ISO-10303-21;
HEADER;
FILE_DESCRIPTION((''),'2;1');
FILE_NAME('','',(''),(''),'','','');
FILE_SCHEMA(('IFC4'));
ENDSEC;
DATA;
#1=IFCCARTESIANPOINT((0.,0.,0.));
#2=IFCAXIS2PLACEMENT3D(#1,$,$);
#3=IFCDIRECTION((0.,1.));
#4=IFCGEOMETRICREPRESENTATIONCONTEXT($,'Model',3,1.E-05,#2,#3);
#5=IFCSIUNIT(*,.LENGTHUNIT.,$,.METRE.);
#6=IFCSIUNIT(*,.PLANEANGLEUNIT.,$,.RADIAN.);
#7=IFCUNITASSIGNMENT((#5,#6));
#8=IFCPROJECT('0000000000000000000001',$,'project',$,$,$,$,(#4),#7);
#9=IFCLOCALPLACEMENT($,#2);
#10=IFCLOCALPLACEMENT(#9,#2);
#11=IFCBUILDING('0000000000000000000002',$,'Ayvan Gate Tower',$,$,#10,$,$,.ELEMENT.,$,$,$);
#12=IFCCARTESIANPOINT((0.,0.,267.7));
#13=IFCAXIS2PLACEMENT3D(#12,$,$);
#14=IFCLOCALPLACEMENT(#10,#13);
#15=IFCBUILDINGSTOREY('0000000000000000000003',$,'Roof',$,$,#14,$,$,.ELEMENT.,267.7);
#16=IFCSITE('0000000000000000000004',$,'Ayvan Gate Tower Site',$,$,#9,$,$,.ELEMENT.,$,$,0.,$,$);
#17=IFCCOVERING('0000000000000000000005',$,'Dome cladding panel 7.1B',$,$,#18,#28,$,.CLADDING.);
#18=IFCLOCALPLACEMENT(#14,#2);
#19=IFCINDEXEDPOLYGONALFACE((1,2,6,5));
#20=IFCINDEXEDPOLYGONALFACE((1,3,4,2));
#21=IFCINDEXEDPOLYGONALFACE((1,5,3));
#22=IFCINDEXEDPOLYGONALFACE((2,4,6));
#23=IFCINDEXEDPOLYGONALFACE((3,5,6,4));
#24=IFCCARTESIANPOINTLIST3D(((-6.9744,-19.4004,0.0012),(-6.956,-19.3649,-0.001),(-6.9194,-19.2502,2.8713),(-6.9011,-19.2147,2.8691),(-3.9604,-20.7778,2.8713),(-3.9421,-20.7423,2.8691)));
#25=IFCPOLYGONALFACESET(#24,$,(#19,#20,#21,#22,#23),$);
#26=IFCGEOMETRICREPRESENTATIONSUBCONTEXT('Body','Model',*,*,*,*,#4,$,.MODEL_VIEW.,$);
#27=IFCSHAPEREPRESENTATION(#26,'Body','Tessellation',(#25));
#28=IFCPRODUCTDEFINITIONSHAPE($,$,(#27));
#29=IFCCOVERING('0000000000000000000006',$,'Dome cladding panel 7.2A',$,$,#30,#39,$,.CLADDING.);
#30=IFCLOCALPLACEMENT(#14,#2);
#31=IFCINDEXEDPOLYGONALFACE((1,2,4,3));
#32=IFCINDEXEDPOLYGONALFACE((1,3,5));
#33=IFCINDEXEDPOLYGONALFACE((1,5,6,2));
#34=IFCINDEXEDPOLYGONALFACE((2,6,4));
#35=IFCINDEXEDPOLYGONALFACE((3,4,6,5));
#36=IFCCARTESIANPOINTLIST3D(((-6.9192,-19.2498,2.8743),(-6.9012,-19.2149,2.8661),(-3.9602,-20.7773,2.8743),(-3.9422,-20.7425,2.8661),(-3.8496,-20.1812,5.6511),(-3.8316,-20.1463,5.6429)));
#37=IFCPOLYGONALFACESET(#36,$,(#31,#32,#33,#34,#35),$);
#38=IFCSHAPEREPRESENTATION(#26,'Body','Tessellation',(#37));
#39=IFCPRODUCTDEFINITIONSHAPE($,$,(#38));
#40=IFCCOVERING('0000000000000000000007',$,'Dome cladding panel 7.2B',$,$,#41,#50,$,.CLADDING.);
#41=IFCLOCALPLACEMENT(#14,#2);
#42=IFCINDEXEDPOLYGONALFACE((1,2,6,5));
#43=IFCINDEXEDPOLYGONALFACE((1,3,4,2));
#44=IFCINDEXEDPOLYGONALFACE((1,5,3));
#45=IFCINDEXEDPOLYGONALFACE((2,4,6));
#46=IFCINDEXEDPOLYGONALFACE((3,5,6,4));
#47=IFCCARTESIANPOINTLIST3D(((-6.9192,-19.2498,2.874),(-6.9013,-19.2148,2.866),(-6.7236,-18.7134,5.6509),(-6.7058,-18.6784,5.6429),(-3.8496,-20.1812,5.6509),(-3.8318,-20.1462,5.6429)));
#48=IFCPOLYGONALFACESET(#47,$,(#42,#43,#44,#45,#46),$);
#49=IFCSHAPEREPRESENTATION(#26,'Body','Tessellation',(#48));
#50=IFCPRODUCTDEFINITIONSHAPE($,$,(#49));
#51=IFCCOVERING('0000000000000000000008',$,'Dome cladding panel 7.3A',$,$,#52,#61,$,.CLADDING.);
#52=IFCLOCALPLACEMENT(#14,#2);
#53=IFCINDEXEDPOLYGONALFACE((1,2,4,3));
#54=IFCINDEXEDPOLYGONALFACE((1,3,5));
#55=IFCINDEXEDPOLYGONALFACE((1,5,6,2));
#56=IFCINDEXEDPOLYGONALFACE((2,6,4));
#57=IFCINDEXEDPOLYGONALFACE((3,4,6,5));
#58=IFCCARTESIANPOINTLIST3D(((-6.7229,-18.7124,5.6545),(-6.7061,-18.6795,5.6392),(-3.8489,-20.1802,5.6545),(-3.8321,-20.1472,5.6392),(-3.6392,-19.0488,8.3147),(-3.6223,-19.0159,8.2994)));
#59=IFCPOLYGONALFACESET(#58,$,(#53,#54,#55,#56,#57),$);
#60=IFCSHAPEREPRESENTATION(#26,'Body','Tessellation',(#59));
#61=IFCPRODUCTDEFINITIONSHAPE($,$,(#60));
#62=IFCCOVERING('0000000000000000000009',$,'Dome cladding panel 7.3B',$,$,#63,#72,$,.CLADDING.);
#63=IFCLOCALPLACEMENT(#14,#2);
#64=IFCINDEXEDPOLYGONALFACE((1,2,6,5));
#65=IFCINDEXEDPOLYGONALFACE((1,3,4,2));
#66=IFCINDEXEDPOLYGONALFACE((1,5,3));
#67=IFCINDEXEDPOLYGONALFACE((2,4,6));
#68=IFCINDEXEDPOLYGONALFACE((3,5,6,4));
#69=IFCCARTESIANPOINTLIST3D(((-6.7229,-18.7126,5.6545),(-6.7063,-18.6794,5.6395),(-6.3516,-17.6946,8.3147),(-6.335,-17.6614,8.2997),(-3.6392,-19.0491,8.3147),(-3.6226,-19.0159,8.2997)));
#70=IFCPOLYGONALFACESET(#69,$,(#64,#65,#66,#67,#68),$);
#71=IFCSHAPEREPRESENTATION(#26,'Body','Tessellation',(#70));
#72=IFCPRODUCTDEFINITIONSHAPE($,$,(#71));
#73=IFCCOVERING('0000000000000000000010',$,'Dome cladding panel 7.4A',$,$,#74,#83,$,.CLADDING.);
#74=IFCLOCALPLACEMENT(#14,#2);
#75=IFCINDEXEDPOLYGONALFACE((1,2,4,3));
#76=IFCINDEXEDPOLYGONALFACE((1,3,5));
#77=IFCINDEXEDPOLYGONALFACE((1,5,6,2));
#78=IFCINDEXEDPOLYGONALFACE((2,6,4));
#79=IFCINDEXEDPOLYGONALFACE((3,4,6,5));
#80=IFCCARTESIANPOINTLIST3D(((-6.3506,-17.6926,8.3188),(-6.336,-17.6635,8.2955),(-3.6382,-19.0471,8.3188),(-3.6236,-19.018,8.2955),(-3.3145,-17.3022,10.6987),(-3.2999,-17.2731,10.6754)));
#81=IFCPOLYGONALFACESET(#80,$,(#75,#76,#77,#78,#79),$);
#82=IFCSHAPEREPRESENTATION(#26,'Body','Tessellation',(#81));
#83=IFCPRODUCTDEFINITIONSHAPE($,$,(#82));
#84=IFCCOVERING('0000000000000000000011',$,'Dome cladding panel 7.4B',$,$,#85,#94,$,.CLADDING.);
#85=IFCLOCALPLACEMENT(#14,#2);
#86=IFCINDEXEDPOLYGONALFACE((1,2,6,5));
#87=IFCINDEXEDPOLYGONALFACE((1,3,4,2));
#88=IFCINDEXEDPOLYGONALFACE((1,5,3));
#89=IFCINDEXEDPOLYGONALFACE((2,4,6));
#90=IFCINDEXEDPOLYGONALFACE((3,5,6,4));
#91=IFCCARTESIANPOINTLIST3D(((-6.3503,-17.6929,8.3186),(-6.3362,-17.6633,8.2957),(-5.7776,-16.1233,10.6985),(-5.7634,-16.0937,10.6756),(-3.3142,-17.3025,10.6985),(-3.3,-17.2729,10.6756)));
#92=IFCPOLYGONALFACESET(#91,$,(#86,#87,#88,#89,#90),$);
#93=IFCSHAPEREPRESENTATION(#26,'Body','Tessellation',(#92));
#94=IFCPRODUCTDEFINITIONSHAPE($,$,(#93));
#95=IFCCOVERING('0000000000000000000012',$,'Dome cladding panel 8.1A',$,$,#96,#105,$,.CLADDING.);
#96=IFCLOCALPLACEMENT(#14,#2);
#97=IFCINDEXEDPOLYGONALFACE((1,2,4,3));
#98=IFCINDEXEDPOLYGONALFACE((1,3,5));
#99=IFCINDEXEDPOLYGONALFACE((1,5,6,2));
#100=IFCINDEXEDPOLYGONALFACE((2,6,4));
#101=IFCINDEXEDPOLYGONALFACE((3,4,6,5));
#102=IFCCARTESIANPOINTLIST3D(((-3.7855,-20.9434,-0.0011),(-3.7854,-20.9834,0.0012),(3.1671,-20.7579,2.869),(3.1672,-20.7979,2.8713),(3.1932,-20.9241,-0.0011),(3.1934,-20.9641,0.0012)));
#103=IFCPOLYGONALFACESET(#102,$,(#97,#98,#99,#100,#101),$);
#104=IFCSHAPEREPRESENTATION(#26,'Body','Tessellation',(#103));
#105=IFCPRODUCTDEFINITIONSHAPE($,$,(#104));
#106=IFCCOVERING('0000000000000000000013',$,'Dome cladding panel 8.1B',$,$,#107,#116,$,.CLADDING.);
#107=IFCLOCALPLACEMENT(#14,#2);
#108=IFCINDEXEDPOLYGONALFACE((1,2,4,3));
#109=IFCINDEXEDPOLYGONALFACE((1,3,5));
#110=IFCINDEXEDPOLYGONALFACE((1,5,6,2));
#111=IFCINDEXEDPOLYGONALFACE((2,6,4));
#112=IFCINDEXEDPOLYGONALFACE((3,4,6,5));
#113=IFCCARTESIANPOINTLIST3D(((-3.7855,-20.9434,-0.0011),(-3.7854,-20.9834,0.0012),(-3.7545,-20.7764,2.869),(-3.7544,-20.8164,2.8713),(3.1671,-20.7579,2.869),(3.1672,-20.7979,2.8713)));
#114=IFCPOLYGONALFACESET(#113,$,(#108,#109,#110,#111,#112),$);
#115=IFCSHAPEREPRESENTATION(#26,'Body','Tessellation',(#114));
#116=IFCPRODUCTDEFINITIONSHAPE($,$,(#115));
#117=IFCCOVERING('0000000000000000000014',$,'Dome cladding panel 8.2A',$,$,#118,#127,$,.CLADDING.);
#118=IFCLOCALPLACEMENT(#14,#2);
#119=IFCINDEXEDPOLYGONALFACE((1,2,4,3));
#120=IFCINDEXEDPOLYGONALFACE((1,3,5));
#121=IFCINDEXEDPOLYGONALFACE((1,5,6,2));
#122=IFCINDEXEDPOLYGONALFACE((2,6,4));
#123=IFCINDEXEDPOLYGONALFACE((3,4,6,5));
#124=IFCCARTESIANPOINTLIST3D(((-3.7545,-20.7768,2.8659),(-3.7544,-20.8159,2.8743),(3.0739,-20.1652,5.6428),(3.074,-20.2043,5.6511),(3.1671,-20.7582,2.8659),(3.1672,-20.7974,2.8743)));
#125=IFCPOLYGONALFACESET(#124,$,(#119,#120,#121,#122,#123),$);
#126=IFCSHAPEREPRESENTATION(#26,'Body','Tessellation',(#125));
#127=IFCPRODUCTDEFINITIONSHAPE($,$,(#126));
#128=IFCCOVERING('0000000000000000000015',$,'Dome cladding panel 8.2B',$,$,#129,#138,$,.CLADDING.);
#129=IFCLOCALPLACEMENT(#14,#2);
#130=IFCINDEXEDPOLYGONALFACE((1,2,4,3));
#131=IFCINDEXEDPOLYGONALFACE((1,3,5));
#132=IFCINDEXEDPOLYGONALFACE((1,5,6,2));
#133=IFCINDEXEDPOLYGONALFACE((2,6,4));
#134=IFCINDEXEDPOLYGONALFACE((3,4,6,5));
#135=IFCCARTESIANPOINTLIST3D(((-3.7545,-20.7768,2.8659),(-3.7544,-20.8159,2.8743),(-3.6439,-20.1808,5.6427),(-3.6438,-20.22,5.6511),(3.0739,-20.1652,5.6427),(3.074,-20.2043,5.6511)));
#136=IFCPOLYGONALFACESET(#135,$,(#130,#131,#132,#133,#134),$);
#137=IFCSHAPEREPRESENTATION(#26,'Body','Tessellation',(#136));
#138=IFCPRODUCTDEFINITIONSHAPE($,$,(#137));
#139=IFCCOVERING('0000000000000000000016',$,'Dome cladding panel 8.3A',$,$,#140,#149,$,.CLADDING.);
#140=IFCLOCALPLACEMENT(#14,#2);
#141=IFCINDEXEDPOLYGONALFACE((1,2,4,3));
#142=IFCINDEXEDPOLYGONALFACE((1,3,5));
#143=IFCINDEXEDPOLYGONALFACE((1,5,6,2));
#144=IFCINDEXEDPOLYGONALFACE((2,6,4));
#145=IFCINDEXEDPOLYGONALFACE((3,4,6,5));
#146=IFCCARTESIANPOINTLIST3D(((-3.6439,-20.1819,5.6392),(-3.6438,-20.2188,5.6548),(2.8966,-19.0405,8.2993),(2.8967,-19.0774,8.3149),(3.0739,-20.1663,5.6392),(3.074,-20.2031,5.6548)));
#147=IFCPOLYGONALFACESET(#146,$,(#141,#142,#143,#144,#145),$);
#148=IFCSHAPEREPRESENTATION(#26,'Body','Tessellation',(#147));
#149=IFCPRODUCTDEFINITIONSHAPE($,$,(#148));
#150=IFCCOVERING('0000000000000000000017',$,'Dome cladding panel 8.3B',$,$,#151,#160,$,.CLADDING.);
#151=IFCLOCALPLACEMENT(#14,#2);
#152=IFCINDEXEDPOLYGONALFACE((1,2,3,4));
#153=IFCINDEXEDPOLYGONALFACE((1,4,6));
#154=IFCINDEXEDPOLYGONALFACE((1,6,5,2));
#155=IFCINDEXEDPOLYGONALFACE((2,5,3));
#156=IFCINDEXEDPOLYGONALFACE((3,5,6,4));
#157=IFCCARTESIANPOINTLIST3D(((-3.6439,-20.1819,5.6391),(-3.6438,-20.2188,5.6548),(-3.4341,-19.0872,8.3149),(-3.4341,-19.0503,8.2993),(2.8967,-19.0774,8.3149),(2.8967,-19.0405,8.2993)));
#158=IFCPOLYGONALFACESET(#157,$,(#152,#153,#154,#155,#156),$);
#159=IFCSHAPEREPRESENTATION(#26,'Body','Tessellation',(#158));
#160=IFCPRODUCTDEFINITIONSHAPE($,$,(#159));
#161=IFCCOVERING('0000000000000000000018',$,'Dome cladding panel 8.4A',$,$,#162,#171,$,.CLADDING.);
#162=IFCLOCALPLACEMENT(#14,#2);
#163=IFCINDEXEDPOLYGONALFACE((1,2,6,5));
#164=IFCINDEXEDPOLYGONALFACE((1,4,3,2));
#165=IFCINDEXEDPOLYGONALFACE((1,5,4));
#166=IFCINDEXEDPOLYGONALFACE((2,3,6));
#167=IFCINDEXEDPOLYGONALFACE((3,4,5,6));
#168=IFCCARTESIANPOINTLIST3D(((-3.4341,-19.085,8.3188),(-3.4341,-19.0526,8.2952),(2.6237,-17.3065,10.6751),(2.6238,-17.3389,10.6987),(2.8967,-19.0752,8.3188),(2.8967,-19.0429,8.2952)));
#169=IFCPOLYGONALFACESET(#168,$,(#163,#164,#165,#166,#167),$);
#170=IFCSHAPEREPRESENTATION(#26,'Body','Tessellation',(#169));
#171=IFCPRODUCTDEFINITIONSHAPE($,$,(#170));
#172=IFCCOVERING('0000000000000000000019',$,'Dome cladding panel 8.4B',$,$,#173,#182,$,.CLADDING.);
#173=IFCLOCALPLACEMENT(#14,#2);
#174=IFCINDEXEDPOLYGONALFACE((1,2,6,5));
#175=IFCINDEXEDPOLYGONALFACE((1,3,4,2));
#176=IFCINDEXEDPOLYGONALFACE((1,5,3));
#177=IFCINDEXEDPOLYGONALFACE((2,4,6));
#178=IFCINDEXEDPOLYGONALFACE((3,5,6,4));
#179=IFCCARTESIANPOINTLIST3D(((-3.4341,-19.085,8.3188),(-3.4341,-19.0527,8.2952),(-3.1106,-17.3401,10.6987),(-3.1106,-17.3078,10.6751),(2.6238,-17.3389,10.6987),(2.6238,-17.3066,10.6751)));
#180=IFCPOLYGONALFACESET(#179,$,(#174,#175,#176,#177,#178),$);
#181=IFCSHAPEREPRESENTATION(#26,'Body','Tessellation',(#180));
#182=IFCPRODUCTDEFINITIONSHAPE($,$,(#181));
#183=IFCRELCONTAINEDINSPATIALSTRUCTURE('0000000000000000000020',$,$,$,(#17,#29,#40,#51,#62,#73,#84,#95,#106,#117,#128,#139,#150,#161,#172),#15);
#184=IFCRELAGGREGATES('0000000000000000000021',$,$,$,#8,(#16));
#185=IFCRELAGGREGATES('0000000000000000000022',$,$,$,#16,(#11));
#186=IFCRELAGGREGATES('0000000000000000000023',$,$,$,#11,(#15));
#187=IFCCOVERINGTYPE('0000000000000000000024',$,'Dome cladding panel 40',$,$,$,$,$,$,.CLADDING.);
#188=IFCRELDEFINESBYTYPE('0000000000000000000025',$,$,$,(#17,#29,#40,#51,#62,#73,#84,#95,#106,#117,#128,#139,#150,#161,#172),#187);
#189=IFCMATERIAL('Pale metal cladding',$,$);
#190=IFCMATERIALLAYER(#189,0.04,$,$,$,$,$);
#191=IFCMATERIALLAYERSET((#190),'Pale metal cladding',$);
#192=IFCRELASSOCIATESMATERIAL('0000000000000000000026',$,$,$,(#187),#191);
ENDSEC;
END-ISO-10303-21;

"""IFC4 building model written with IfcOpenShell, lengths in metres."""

from ifc_helpers import new_model, si_unit, direction, frame, origin, place, context, subcontext, project, spatial, polyline, outline, extrude, material, layer, layer_set, type_object, element, save


model = new_model("IFC4")

# Units and contexts
model_context = context("Model", 3, precision=1e-05, world=origin(), true_north=direction((0.0, 1.0)))
body_context = subcontext(model_context, "Body", "Model", "MODEL_VIEW")
ifc_project = project(units=[si_unit("LENGTHUNIT", "METRE"), si_unit("PLANEANGLEUNIT", "RADIAN")], contexts=[model_context])

# Site, building, storey
site_placement = place(None, origin())
site = spatial("IfcSite", under=ifc_project, at=site_placement, Name="Ayvan Gate Tower Site", CompositionType="ELEMENT", RefElevation=0.0)
building_placement = place(site_placement, origin())
building = spatial("IfcBuilding", under=site, at=building_placement, Name="Ayvan Gate Tower", CompositionType="ELEMENT")
storey_placement = place(building_placement, frame((0.0, 0.0, 267.7)))
storey = spatial("IfcBuildingStorey", under=building, at=storey_placement, Name="Roof", CompositionType="ELEMENT", Elevation=267.7)

# Coverings
ifc_material_1 = material(Name="Pale metal cladding")
ifc_layer_1 = layer(ifc_material_1, 0.04)
ifc_layer_set_1 = layer_set([ifc_layer_1], Name="Pale metal cladding")
covering_type = type_object("IfcCoveringType", Name="Dome cladding panel 40", PredefinedType="CLADDING", material=ifc_layer_set_1)
covering_1_placement = place(storey_placement, frame((-6.9744, -19.4004, 0.0012), z_axis=(-0.458032, -0.887222, 0.05518), x_axis=(0.687496, -0.314204, 0.654694)))
element("IfcCovering", 1, at=covering_1_placement, inside=storey, type_object=covering_type, Name="Dome cladding panel 7.1B", PredefinedType="CLADDING", context=body_context, shape_type="SweptSolid", body=[
    extrude(outline(polyline([(0.0, 0.0), (4.3839, 0.0), (1.8696, 2.1835), (0.0, 0.0)])), origin(), (0.0, 0.0, -1.0), 0.04),
])
covering_2_placement = place(storey_placement, frame((-6.9192, -19.2498, 2.8743), z_axis=(-0.449024, -0.869774, 0.204624), x_axis=(0.888575, -0.458731, 0.0)))
element("IfcCovering", 2, at=covering_2_placement, inside=storey, type_object=covering_type, Name="Dome cladding panel 7.2A", PredefinedType="CLADDING", context=body_context, shape_type="SweptSolid", body=[
    extrude(outline(polyline([(0.0, 0.0), (3.33, 0.0), (3.1548, 2.8369), (0.0, 0.0)])), origin(), (0.0, 0.0, -1.0), 0.04),
])
covering_3_placement = place(storey_placement, frame((-6.9192, -19.2498, 2.874), z_axis=(-0.44564, -0.8726, 0.199935), x_axis=(0.723492, -0.219528, 0.654498)))
element("IfcCovering", 3, at=covering_3_placement, inside=storey, type_object=covering_type, Name="Dome cladding panel 7.2B", PredefinedType="CLADDING", context=body_context, shape_type="SweptSolid", body=[
    extrude(outline(polyline([(0.0, 0.0), (4.2427, 0.0), (1.8412, 2.1557), (0.0, 0.0)])), origin(), (0.0, 0.0, -1.0), 0.04),
])
covering_4_placement = place(storey_placement, frame((-6.7229, -18.7124, 5.6545), z_axis=(-0.420142, -0.822673, 0.383), x_axis=(0.890582, -0.454823, 0.0)))
element("IfcCovering", 4, at=covering_4_placement, inside=storey, type_object=covering_type, Name="Dome cladding panel 7.3A", PredefinedType="CLADDING", context=body_context, shape_type="SweptSolid", body=[
    extrude(outline(polyline([(0.0, 0.0), (3.2271, 0.0), (2.8993, 2.8797), (0.0, 0.0)])), origin(), (0.0, 0.0, -1.0), 0.04),
])
covering_5_placement = place(storey_placement, frame((-6.7229, -18.7126, 5.6545), z_axis=(-0.414126, -0.829297, 0.375188), x_axis=(0.754626, -0.082327, 0.65097)))
element("IfcCovering", 5, at=covering_5_placement, inside=storey, type_object=covering_type, Name="Dome cladding panel 7.3B", PredefinedType="CLADDING", context=body_context, shape_type="SweptSolid", body=[
    extrude(outline(polyline([(0.0, 0.0), (4.0864, 0.0), (1.9281, 2.1291), (0.0, 0.0)])), origin(), (0.0, 0.0, -1.0), 0.04),
])
covering_6_placement = place(storey_placement, frame((-6.3506, -17.6926, 8.3188), z_axis=(-0.363129, -0.727174, 0.582542), x_axis=(0.894653, -0.446763, 0.0)))
element("IfcCovering", 6, at=covering_6_placement, inside=storey, type_object=covering_type, Name="Dome cladding panel 7.4A", PredefinedType="CLADDING", context=body_context, shape_type="SweptSolid", body=[
    extrude(outline(polyline([(0.0, 0.0), (3.0318, 0.0), (2.5419, 2.928), (0.0, 0.0)])), origin(), (0.0, 0.0, -1.0), 0.04),
])
covering_7_placement = place(storey_placement, frame((-6.3503, -17.6929, 8.3186), z_axis=(-0.353923, -0.739354, 0.572795), x_axis=(0.78303, 0.100681, 0.613781)))
element("IfcCovering", 7, at=covering_7_placement, inside=storey, type_object=covering_type, Name="Dome cladding panel 7.4B", PredefinedType="CLADDING", context=body_context, shape_type="SweptSolid", body=[
    extrude(outline(polyline([(0.0, 0.0), (3.8774, 0.0), (2.0672, 2.045), (0.0, 0.0)])), origin(), (0.0, 0.0, -1.0), 0.04),
])
covering_8_placement = place(storey_placement, frame((-3.7854, -20.9834, 0.0012), z_axis=(0.002759, -0.998321, 0.057856), x_axis=(0.999996, 0.002764, 0.0)))
element("IfcCovering", 8, at=covering_8_placement, inside=storey, type_object=covering_type, Name="Dome cladding panel 8.1A", PredefinedType="CLADDING", context=body_context, shape_type="SweptSolid", body=[
    extrude(outline(polyline([(0.0, 0.0), (6.9788, 0.0), (6.9531, 2.8749), (0.0, 0.0)])), origin(), (0.0, 0.0, -1.0), 0.04),
])
covering_9_placement = place(storey_placement, frame((-3.7854, -20.9834, 0.0012), z_axis=(0.002676, -0.99831, 0.058056), x_axis=(0.924056, 0.024661, 0.38146)))
element("IfcCovering", 9, at=covering_9_placement, inside=storey, type_object=covering_type, Name="Dome cladding panel 8.1B", PredefinedType="CLADDING", context=body_context, shape_type="SweptSolid", body=[
    extrude(outline(polyline([(0.0, 0.0), (7.524, 0.0), (1.1276, 2.6448), (0.0, 0.0)])), origin(), (0.0, 0.0, -1.0), 0.04),
])
covering_10_placement = place(storey_placement, frame((-3.7544, -20.8159, 2.8743), z_axis=(0.002622, -0.977927, 0.208931), x_axis=(0.999996, 0.002681, 0.0)))
element("IfcCovering", 10, at=covering_10_placement, inside=storey, type_object=covering_type, Name="Dome cladding panel 8.2A", PredefinedType="CLADDING", context=body_context, shape_type="SweptSolid", body=[
    extrude(outline(polyline([(0.0, 0.0), (6.9217, 0.0), (6.83, 2.8395), (0.0, 0.0)])), origin(), (0.0, 0.0, -1.0), 0.04),
])
covering_11_placement = place(storey_placement, frame((-3.7544, -20.8159, 2.8743), z_axis=(0.002274, -0.977753, 0.209747), x_axis=(0.923161, 0.082681, 0.375417)))
element("IfcCovering", 11, at=covering_11_placement, inside=storey, type_object=covering_type, Name="Dome cladding panel 8.2B", PredefinedType="CLADDING", context=body_context, shape_type="SweptSolid", body=[
    extrude(outline(polyline([(0.0, 0.0), (7.3967, 0.0), (1.1938, 2.5793), (0.0, 0.0)])), origin(), (0.0, 0.0, -1.0), 0.04),
])
covering_12_placement = place(storey_placement, frame((-3.6438, -20.2188, 5.6548), z_axis=(0.002142, -0.920879, 0.389843), x_axis=(0.999997, 0.002326, 0.0)))
element("IfcCovering", 12, at=covering_12_placement, inside=storey, type_object=covering_type, Name="Dome cladding panel 8.3A", PredefinedType="CLADDING", context=body_context, shape_type="SweptSolid", body=[
    extrude(outline(polyline([(0.0, 0.0), (6.7178, 0.0), (6.5432, 2.8887), (0.0, 0.0)])), origin(), (0.0, 0.0, -1.0), 0.04),
])
covering_13_placement = place(storey_placement, frame((-3.6438, -20.2188, 5.6548), z_axis=(0.00142, -0.920243, 0.391346), x_axis=(0.914445, 0.159576, 0.371922)))
element("IfcCovering", 13, at=covering_13_placement, inside=storey, type_object=covering_type, Name="Dome cladding panel 8.3B", PredefinedType="CLADDING", context=body_context, shape_type="SweptSolid", body=[
    extrude(outline(polyline([(0.0, 0.0), (7.1525, 0.0), (1.3617, 2.5586), (0.0, 0.0)])), origin(), (0.0, 0.0, -1.0), 0.04),
])
covering_14_placement = place(storey_placement, frame((-3.4341, -19.085, 8.3188), z_axis=(0.001246, -0.807778, 0.589486), x_axis=(0.999999, 0.001543, 0.0)))
element("IfcCovering", 14, at=covering_14_placement, inside=storey, type_object=covering_type, Name="Dome cladding panel 8.4A", PredefinedType="CLADDING", context=body_context, shape_type="SweptSolid", body=[
    extrude(outline(polyline([(0.0, 0.0), (6.3308, 0.0), (6.0605, 2.9462), (0.0, 0.0)])), origin(), (0.0, 0.0, -1.0), 0.04),
])
covering_15_placement = place(storey_placement, frame((-3.4341, -19.085, 8.3188), z_axis=(0.000172, -0.806477, 0.591266), x_axis=(0.898963, 0.259113, 0.353165)))
element("IfcCovering", 15, at=covering_15_placement, inside=storey, type_object=covering_type, Name="Dome cladding panel 8.4B", PredefinedType="CLADDING", context=body_context, shape_type="SweptSolid", body=[
    extrude(outline(polyline([(0.0, 0.0), (6.7387, 0.0), (1.5834, 2.5111), (0.0, 0.0)])), origin(), (0.0, 0.0, -1.0), 0.04),
])

save(model, "model.ifc")
